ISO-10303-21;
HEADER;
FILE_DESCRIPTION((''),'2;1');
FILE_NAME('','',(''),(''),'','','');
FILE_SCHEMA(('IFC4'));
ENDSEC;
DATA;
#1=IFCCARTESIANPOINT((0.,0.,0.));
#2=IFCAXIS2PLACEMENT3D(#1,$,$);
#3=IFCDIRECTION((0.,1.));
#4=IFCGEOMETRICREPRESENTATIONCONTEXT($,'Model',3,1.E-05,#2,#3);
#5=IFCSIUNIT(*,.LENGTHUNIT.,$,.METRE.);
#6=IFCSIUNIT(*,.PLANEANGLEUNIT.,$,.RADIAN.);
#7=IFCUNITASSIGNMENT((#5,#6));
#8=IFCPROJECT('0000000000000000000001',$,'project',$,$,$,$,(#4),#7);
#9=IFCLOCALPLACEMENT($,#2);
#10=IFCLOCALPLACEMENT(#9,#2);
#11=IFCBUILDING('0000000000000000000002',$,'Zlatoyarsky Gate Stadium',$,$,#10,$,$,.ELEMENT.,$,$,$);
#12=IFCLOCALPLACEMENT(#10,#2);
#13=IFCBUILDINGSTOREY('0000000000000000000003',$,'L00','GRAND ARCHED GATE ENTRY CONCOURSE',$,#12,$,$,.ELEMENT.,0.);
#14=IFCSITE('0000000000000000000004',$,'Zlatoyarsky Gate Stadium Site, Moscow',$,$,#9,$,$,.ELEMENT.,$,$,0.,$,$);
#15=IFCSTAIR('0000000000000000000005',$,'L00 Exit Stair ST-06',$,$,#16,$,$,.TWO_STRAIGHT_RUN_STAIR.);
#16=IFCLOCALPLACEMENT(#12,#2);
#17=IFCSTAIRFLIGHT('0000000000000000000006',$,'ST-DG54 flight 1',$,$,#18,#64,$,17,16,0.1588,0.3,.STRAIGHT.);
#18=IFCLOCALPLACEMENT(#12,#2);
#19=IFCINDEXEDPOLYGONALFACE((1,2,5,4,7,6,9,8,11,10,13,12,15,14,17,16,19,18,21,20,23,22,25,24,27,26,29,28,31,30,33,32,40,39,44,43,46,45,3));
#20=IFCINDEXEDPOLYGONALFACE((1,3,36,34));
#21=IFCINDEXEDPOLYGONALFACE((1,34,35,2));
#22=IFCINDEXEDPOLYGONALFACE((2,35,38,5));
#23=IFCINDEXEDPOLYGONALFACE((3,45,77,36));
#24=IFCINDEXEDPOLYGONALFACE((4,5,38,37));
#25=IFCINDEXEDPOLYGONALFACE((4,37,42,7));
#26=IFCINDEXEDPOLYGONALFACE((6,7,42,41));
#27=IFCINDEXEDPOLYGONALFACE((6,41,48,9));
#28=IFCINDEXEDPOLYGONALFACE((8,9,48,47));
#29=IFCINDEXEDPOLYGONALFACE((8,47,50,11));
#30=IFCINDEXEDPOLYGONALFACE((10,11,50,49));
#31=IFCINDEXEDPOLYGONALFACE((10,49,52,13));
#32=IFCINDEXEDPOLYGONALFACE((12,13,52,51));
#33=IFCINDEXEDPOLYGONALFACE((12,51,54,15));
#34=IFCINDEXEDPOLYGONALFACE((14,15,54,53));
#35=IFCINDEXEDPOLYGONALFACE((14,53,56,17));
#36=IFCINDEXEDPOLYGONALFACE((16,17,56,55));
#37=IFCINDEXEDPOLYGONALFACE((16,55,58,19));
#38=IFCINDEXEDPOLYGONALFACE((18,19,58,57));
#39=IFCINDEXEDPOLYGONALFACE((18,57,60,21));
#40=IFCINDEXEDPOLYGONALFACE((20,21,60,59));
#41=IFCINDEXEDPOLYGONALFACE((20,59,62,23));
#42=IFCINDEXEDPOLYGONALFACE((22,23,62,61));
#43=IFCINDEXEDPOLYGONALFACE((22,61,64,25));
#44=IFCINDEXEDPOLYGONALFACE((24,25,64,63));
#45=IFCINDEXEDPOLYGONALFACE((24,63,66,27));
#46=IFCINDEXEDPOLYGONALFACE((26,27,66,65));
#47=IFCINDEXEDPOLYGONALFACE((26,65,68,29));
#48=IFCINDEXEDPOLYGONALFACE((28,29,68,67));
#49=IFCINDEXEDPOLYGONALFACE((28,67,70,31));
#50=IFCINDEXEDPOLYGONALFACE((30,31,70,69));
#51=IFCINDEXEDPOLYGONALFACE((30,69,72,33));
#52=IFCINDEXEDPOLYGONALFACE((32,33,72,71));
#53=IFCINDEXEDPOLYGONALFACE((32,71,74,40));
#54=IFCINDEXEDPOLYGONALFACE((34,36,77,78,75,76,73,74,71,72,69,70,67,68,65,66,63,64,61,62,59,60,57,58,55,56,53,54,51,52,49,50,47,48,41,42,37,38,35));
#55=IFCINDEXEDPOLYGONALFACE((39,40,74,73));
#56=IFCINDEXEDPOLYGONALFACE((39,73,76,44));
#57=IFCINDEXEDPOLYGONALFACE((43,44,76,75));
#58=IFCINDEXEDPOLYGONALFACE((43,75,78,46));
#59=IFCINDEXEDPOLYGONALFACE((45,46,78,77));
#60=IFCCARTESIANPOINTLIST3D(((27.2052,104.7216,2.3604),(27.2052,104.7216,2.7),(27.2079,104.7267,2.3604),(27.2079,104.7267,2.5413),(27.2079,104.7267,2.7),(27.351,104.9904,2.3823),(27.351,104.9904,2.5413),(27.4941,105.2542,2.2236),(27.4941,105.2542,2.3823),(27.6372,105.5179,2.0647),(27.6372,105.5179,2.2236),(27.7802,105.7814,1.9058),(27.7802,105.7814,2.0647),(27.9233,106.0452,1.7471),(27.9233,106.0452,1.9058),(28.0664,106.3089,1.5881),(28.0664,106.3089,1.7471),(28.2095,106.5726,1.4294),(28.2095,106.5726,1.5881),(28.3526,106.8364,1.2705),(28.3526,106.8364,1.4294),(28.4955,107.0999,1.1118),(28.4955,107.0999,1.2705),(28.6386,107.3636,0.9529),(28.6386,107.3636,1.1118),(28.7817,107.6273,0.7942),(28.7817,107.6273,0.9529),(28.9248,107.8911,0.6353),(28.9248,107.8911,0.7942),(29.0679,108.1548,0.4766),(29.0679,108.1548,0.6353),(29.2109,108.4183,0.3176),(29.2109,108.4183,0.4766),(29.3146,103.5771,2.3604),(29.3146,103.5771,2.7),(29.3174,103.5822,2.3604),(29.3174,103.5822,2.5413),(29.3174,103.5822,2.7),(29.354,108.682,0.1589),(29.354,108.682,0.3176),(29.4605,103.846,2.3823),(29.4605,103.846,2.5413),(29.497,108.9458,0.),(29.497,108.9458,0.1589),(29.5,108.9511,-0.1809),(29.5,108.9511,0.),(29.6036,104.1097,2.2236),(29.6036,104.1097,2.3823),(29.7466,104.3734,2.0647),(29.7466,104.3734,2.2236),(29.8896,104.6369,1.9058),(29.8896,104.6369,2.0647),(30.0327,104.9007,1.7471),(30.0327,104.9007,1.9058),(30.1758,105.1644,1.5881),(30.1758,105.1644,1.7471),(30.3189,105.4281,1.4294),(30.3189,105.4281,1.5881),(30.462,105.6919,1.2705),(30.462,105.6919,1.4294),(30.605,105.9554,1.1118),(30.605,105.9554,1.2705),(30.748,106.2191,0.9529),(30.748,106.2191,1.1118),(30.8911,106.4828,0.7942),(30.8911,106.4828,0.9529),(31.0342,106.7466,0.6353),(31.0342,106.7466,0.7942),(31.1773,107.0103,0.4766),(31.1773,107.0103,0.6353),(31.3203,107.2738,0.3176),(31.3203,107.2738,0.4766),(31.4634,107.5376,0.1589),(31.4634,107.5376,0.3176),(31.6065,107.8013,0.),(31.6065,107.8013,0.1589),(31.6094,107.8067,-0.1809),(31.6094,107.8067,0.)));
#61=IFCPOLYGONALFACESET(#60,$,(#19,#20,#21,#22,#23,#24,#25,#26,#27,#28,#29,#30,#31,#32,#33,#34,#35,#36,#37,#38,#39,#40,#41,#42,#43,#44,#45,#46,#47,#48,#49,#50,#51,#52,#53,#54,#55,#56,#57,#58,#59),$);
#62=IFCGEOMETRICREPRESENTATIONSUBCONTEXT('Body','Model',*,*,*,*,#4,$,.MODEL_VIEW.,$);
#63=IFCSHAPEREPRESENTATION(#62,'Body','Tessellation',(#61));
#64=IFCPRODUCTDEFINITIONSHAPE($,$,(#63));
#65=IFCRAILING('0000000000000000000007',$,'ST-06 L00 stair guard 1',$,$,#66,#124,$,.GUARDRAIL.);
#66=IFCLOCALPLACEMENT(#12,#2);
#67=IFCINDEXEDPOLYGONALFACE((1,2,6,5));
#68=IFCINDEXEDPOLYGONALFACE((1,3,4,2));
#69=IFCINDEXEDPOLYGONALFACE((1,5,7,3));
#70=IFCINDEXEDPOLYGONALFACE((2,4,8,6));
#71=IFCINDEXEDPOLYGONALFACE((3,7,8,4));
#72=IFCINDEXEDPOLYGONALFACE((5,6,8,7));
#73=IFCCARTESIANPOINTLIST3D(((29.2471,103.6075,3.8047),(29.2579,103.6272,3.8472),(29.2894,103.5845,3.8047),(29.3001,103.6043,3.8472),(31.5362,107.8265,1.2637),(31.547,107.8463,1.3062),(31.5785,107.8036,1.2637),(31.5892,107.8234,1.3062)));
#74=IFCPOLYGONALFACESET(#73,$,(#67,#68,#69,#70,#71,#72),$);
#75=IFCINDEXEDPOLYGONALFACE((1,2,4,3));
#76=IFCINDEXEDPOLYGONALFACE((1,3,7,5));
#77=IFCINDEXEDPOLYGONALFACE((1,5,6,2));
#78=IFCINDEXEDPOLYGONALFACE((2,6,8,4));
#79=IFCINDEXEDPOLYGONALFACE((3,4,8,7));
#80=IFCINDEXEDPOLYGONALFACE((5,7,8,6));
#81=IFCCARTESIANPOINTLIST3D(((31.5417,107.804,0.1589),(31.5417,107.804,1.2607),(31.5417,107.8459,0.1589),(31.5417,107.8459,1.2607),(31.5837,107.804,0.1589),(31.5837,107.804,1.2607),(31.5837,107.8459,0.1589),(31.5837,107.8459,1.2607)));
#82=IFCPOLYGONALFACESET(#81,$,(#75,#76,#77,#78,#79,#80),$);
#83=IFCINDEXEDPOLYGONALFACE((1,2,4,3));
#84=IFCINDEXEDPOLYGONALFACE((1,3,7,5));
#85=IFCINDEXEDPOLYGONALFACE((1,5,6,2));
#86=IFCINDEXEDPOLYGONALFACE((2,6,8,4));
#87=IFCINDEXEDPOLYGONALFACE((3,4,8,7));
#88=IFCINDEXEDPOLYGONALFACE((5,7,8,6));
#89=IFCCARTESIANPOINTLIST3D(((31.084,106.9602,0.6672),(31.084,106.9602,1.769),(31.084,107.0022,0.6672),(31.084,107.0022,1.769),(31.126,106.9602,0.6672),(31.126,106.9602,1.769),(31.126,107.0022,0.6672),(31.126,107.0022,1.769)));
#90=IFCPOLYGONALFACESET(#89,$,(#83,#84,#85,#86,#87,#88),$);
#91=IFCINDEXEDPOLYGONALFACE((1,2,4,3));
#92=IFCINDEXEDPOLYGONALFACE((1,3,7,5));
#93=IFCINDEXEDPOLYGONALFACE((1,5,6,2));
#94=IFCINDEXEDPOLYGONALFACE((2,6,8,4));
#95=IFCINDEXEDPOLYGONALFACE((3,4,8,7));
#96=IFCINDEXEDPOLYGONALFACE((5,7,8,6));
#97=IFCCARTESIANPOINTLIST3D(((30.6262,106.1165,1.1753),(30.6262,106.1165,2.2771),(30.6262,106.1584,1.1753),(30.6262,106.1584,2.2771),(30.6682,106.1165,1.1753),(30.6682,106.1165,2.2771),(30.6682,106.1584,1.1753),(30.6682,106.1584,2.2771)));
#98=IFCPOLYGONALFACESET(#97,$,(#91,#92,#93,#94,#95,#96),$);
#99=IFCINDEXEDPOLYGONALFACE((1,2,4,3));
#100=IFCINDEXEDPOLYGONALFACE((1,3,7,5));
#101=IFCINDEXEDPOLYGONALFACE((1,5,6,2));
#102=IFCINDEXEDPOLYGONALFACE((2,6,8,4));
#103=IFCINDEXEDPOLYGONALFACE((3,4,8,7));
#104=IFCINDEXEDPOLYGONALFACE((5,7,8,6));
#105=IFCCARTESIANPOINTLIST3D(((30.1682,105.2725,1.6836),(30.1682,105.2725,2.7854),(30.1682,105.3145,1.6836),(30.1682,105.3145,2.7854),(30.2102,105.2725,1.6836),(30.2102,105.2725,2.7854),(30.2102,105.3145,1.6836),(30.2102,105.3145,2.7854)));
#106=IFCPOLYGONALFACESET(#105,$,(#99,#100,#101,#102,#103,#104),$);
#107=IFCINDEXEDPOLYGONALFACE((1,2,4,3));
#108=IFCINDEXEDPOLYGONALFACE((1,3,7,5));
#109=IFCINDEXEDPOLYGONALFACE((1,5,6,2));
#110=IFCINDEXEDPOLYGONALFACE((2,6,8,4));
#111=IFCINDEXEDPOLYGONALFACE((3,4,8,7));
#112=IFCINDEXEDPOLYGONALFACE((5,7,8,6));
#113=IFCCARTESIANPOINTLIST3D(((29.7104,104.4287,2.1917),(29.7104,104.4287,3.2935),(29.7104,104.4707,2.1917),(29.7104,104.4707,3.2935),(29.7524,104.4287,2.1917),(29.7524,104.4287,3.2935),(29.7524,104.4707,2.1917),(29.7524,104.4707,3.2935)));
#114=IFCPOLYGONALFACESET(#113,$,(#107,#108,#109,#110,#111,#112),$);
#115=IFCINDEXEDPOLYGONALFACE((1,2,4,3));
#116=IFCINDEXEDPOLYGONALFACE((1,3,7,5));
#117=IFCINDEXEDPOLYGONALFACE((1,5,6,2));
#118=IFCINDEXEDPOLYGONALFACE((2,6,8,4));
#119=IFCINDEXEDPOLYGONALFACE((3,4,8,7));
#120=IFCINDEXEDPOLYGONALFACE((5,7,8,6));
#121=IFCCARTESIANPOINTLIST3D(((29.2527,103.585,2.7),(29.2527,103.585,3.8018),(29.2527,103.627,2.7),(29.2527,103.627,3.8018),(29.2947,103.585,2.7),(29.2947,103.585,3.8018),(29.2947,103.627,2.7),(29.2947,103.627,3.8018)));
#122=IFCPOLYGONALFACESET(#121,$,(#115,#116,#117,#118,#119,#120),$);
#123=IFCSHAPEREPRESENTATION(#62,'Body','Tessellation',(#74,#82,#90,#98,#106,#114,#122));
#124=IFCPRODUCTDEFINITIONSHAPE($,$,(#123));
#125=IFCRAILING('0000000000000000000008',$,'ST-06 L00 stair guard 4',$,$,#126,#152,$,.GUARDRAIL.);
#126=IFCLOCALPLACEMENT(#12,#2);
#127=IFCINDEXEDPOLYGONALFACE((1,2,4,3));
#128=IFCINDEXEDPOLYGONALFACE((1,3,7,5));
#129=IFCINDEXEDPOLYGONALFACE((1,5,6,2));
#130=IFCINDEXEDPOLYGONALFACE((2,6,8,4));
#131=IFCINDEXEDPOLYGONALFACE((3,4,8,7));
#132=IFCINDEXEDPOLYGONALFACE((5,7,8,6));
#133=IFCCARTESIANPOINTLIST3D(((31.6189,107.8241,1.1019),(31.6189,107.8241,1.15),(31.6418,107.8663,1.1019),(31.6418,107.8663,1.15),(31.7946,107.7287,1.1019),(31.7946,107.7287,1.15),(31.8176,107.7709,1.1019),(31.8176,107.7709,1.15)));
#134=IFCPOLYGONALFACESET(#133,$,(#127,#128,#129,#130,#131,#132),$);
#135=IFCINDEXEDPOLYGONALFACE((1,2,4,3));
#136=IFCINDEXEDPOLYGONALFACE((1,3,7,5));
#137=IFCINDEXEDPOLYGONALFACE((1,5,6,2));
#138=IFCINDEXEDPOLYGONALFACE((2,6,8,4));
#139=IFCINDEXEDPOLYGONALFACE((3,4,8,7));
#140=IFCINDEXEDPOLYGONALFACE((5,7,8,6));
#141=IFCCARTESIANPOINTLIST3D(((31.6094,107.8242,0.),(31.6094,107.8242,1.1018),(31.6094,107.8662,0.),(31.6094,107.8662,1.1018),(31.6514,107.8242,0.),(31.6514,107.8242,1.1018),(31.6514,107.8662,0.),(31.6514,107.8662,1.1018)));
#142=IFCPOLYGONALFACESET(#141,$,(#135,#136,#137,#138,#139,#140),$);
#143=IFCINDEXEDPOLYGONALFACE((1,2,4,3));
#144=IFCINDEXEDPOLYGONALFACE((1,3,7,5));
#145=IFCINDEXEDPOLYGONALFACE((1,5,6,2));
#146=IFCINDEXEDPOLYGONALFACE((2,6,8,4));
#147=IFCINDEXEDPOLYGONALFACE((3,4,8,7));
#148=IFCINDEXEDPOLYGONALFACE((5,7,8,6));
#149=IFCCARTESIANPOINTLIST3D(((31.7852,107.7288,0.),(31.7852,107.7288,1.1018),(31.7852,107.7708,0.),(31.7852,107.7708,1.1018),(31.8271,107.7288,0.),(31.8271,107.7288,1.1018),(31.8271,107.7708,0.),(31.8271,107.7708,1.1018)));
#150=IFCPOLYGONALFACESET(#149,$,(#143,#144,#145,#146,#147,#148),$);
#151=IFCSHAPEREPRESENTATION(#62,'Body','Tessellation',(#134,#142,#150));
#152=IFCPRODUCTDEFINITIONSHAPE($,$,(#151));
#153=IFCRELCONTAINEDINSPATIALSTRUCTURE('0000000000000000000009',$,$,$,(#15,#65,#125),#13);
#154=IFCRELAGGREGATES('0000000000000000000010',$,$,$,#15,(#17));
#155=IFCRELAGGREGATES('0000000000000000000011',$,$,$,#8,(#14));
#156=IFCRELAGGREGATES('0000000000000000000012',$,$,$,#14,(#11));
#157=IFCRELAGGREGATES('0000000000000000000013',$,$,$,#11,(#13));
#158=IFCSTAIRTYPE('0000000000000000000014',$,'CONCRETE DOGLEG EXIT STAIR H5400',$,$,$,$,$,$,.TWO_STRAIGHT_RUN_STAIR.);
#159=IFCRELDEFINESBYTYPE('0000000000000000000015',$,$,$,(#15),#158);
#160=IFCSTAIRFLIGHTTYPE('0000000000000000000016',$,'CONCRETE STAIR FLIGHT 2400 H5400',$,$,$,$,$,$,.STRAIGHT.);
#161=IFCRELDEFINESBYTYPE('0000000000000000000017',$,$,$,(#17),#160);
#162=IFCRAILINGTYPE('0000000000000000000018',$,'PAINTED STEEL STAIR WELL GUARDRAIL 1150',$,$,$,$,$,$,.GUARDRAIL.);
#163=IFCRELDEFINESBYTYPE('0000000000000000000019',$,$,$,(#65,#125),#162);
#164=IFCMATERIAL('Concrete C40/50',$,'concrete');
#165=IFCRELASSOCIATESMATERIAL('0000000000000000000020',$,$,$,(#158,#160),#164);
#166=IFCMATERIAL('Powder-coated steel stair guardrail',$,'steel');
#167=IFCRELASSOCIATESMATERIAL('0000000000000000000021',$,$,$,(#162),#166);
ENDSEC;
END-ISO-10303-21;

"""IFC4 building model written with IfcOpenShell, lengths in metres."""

from ifc_helpers import new_model, si_unit, direction, frame, origin, origin_2d, place, context, subcontext, project, spatial, polyline, rectangle, outline, extrude, material, type_object, element, aggregate, save


model = new_model("IFC4")

# Units and contexts
model_context = context("Model", 3, precision=1e-05, world=origin(), true_north=direction((0.0, 1.0)))
body_context = subcontext(model_context, "Body", "Model", "MODEL_VIEW")
ifc_project = project(units=[si_unit("LENGTHUNIT", "METRE"), si_unit("PLANEANGLEUNIT", "RADIAN")], contexts=[model_context])

# Site, building, storey
site_placement = place(None, origin())
site = spatial("IfcSite", under=ifc_project, at=site_placement, Name="Zlatoyarsky Gate Stadium Site, Moscow", CompositionType="ELEMENT", RefElevation=0.0)
building_placement = place(site_placement, origin())
building = spatial("IfcBuilding", under=site, at=building_placement, Name="Zlatoyarsky Gate Stadium", CompositionType="ELEMENT")
storey_placement = place(building_placement, origin())
storey = spatial("IfcBuildingStorey", under=building, at=storey_placement, Name="L00", Description="GRAND ARCHED GATE ENTRY CONCOURSE", CompositionType="ELEMENT", Elevation=0.0)

# Shared definitions
ifc_material_1 = material(Name="Concrete C40/50", Category="concrete")

# Stair, stair flight
stair_type = type_object("IfcStairType", Name="CONCRETE DOGLEG EXIT STAIR H5400", PredefinedType="TWO_STRAIGHT_RUN_STAIR", material=ifc_material_1)
stair_placement = place(storey_placement, origin())
stair = element("IfcStair", 1, at=stair_placement, inside=storey, type_object=stair_type, Name="L00 Exit Stair ST-06", PredefinedType="TWO_STRAIGHT_RUN_STAIR")
stair_flight_type = type_object("IfcStairFlightType", Name="CONCRETE STAIR FLIGHT 2400 H5400", PredefinedType="STRAIGHT", material=ifc_material_1)
stair_flight_placement = place(storey_placement, frame((30.5518, 108.3735, 0.0), z_axis=(0.0, 0.0, 1.0), x_axis=(-0.47689, -0.878963, 0.0)))
stair_flight = element("IfcStairFlight", 2, at=stair_flight_placement, type_object=stair_flight_type, Name="ST-DG54 flight 1", NumberOfRisers=17, NumberOfTreads=16, PredefinedType="STRAIGHT", RiserHeight=0.1588, TreadLength=0.3, context=body_context, shape_type="SweptSolid", body=[
    extrude(outline(polyline([(-0.0061, -0.1809), (-0.0061, 0.0), (0.0, 0.0), (0.0, 0.1589), (0.3, 0.1589), (0.3, 0.3176), (0.6001, 0.3176), (0.6001, 0.4766), (0.8999, 0.4766), (0.8999, 0.6353), (1.2, 0.6353), (1.2, 0.7942), (1.5, 0.7942), (1.5, 0.9529), (1.8, 0.9529), (1.8, 1.1118), (2.1001, 1.1118), (2.1001, 1.2705), (2.3999, 1.2705), (2.3999, 1.4294), (2.7, 1.4294), (2.7, 1.5881), (3.0, 1.5881), (3.0, 1.7471), (3.3, 1.7471), (3.3, 1.9058), (3.6001, 1.9058), (3.6001, 2.0647), (3.8999, 2.0647), (3.8999, 2.2236), (4.2, 2.2236), (4.2, 2.3823), (4.5, 2.3823), (4.5, 2.5413), (4.8, 2.5413), (4.8, 2.7), (4.8059, 2.7), (4.8059, 2.3604), (4.8, 2.3604), (-0.0061, -0.1809)])), frame((0.0, 1.2, 0.0), z_axis=(0.0, -1.0, 0.0), x_axis=(1.0, 0.0, 0.0)), (0.0, 0.0, 1.0), 2.3999),
])
aggregate(stair, [stair_flight])

# Railings
ifc_material_2 = material(Name="Powder-coated steel stair guardrail", Category="steel")
railing_type = type_object("IfcRailingType", Name="PAINTED STEEL STAIR WELL GUARDRAIL 1150", PredefinedType="GUARDRAIL", material=ifc_material_2)
railing_1_placement = place(storey_placement, frame((31.5627, 107.825, 0.1589)))
element("IfcRailing", 3, at=railing_1_placement, inside=storey, type_object=railing_type, Name="ST-06 L00 stair guard 1", PredefinedType="GUARDRAIL", context=body_context, shape_type="SweptSolid", body=[
    extrude(rectangle(XDim=0.0481, YDim=0.0481, at=origin_2d()), frame((0.0, 0.0, 1.126), z_axis=(-0.421476, -0.776826, 0.467867), x_axis=(0.878962, -0.476891, 0.0)), (0.0, 0.0, 1.0), 5.4312),
    extrude(rectangle(XDim=0.042, YDim=0.042, at=origin_2d()), origin(), (0.0, 0.0, 1.0), 1.1018),
    extrude(rectangle(XDim=0.042, YDim=0.042, at=origin_2d()), frame((-0.4578, -0.8438, 0.5083)), (0.0, 0.0, 1.0), 1.1018),
    extrude(rectangle(XDim=0.042, YDim=0.042, at=origin_2d()), frame((-0.9155, -1.6875, 1.0164)), (0.0, 0.0, 1.0), 1.1018),
    extrude(rectangle(XDim=0.042, YDim=0.042, at=origin_2d()), frame((-1.3735, -2.5315, 1.5247)), (0.0, 0.0, 1.0), 1.1018),
    extrude(rectangle(XDim=0.042, YDim=0.042, at=origin_2d()), frame((-1.8313, -3.3752, 2.0327)), (0.0, 0.0, 1.0), 1.1018),
    extrude(rectangle(XDim=0.042, YDim=0.042, at=origin_2d()), frame((-2.2891, -4.219, 2.541)), (0.0, 0.0, 1.0), 1.1018),
])
railing_2_placement = place(storey_placement, frame((31.6304, 107.8452, 0.0)))
element("IfcRailing", 4, at=railing_2_placement, inside=storey, type_object=railing_type, Name="ST-06 L00 stair guard 4", PredefinedType="GUARDRAIL", context=body_context, shape_type="SweptSolid", body=[
    extrude(rectangle(XDim=0.0481, YDim=0.0481, at=origin_2d()), frame((0.0, 0.0, 1.126), z_axis=(0.87878, -0.477227, 0.0), x_axis=(0.477227, 0.87878, 0.0)), (0.0, 0.0, 1.0), 0.2),
    extrude(rectangle(XDim=0.042, YDim=0.042, at=origin_2d()), origin(), (0.0, 0.0, 1.0), 1.1018),
    extrude(rectangle(XDim=0.042, YDim=0.042, at=origin_2d()), frame((0.1758, -0.0955, 0.0)), (0.0, 0.0, 1.0), 1.1018),
])

save(model, "model.ifc")
